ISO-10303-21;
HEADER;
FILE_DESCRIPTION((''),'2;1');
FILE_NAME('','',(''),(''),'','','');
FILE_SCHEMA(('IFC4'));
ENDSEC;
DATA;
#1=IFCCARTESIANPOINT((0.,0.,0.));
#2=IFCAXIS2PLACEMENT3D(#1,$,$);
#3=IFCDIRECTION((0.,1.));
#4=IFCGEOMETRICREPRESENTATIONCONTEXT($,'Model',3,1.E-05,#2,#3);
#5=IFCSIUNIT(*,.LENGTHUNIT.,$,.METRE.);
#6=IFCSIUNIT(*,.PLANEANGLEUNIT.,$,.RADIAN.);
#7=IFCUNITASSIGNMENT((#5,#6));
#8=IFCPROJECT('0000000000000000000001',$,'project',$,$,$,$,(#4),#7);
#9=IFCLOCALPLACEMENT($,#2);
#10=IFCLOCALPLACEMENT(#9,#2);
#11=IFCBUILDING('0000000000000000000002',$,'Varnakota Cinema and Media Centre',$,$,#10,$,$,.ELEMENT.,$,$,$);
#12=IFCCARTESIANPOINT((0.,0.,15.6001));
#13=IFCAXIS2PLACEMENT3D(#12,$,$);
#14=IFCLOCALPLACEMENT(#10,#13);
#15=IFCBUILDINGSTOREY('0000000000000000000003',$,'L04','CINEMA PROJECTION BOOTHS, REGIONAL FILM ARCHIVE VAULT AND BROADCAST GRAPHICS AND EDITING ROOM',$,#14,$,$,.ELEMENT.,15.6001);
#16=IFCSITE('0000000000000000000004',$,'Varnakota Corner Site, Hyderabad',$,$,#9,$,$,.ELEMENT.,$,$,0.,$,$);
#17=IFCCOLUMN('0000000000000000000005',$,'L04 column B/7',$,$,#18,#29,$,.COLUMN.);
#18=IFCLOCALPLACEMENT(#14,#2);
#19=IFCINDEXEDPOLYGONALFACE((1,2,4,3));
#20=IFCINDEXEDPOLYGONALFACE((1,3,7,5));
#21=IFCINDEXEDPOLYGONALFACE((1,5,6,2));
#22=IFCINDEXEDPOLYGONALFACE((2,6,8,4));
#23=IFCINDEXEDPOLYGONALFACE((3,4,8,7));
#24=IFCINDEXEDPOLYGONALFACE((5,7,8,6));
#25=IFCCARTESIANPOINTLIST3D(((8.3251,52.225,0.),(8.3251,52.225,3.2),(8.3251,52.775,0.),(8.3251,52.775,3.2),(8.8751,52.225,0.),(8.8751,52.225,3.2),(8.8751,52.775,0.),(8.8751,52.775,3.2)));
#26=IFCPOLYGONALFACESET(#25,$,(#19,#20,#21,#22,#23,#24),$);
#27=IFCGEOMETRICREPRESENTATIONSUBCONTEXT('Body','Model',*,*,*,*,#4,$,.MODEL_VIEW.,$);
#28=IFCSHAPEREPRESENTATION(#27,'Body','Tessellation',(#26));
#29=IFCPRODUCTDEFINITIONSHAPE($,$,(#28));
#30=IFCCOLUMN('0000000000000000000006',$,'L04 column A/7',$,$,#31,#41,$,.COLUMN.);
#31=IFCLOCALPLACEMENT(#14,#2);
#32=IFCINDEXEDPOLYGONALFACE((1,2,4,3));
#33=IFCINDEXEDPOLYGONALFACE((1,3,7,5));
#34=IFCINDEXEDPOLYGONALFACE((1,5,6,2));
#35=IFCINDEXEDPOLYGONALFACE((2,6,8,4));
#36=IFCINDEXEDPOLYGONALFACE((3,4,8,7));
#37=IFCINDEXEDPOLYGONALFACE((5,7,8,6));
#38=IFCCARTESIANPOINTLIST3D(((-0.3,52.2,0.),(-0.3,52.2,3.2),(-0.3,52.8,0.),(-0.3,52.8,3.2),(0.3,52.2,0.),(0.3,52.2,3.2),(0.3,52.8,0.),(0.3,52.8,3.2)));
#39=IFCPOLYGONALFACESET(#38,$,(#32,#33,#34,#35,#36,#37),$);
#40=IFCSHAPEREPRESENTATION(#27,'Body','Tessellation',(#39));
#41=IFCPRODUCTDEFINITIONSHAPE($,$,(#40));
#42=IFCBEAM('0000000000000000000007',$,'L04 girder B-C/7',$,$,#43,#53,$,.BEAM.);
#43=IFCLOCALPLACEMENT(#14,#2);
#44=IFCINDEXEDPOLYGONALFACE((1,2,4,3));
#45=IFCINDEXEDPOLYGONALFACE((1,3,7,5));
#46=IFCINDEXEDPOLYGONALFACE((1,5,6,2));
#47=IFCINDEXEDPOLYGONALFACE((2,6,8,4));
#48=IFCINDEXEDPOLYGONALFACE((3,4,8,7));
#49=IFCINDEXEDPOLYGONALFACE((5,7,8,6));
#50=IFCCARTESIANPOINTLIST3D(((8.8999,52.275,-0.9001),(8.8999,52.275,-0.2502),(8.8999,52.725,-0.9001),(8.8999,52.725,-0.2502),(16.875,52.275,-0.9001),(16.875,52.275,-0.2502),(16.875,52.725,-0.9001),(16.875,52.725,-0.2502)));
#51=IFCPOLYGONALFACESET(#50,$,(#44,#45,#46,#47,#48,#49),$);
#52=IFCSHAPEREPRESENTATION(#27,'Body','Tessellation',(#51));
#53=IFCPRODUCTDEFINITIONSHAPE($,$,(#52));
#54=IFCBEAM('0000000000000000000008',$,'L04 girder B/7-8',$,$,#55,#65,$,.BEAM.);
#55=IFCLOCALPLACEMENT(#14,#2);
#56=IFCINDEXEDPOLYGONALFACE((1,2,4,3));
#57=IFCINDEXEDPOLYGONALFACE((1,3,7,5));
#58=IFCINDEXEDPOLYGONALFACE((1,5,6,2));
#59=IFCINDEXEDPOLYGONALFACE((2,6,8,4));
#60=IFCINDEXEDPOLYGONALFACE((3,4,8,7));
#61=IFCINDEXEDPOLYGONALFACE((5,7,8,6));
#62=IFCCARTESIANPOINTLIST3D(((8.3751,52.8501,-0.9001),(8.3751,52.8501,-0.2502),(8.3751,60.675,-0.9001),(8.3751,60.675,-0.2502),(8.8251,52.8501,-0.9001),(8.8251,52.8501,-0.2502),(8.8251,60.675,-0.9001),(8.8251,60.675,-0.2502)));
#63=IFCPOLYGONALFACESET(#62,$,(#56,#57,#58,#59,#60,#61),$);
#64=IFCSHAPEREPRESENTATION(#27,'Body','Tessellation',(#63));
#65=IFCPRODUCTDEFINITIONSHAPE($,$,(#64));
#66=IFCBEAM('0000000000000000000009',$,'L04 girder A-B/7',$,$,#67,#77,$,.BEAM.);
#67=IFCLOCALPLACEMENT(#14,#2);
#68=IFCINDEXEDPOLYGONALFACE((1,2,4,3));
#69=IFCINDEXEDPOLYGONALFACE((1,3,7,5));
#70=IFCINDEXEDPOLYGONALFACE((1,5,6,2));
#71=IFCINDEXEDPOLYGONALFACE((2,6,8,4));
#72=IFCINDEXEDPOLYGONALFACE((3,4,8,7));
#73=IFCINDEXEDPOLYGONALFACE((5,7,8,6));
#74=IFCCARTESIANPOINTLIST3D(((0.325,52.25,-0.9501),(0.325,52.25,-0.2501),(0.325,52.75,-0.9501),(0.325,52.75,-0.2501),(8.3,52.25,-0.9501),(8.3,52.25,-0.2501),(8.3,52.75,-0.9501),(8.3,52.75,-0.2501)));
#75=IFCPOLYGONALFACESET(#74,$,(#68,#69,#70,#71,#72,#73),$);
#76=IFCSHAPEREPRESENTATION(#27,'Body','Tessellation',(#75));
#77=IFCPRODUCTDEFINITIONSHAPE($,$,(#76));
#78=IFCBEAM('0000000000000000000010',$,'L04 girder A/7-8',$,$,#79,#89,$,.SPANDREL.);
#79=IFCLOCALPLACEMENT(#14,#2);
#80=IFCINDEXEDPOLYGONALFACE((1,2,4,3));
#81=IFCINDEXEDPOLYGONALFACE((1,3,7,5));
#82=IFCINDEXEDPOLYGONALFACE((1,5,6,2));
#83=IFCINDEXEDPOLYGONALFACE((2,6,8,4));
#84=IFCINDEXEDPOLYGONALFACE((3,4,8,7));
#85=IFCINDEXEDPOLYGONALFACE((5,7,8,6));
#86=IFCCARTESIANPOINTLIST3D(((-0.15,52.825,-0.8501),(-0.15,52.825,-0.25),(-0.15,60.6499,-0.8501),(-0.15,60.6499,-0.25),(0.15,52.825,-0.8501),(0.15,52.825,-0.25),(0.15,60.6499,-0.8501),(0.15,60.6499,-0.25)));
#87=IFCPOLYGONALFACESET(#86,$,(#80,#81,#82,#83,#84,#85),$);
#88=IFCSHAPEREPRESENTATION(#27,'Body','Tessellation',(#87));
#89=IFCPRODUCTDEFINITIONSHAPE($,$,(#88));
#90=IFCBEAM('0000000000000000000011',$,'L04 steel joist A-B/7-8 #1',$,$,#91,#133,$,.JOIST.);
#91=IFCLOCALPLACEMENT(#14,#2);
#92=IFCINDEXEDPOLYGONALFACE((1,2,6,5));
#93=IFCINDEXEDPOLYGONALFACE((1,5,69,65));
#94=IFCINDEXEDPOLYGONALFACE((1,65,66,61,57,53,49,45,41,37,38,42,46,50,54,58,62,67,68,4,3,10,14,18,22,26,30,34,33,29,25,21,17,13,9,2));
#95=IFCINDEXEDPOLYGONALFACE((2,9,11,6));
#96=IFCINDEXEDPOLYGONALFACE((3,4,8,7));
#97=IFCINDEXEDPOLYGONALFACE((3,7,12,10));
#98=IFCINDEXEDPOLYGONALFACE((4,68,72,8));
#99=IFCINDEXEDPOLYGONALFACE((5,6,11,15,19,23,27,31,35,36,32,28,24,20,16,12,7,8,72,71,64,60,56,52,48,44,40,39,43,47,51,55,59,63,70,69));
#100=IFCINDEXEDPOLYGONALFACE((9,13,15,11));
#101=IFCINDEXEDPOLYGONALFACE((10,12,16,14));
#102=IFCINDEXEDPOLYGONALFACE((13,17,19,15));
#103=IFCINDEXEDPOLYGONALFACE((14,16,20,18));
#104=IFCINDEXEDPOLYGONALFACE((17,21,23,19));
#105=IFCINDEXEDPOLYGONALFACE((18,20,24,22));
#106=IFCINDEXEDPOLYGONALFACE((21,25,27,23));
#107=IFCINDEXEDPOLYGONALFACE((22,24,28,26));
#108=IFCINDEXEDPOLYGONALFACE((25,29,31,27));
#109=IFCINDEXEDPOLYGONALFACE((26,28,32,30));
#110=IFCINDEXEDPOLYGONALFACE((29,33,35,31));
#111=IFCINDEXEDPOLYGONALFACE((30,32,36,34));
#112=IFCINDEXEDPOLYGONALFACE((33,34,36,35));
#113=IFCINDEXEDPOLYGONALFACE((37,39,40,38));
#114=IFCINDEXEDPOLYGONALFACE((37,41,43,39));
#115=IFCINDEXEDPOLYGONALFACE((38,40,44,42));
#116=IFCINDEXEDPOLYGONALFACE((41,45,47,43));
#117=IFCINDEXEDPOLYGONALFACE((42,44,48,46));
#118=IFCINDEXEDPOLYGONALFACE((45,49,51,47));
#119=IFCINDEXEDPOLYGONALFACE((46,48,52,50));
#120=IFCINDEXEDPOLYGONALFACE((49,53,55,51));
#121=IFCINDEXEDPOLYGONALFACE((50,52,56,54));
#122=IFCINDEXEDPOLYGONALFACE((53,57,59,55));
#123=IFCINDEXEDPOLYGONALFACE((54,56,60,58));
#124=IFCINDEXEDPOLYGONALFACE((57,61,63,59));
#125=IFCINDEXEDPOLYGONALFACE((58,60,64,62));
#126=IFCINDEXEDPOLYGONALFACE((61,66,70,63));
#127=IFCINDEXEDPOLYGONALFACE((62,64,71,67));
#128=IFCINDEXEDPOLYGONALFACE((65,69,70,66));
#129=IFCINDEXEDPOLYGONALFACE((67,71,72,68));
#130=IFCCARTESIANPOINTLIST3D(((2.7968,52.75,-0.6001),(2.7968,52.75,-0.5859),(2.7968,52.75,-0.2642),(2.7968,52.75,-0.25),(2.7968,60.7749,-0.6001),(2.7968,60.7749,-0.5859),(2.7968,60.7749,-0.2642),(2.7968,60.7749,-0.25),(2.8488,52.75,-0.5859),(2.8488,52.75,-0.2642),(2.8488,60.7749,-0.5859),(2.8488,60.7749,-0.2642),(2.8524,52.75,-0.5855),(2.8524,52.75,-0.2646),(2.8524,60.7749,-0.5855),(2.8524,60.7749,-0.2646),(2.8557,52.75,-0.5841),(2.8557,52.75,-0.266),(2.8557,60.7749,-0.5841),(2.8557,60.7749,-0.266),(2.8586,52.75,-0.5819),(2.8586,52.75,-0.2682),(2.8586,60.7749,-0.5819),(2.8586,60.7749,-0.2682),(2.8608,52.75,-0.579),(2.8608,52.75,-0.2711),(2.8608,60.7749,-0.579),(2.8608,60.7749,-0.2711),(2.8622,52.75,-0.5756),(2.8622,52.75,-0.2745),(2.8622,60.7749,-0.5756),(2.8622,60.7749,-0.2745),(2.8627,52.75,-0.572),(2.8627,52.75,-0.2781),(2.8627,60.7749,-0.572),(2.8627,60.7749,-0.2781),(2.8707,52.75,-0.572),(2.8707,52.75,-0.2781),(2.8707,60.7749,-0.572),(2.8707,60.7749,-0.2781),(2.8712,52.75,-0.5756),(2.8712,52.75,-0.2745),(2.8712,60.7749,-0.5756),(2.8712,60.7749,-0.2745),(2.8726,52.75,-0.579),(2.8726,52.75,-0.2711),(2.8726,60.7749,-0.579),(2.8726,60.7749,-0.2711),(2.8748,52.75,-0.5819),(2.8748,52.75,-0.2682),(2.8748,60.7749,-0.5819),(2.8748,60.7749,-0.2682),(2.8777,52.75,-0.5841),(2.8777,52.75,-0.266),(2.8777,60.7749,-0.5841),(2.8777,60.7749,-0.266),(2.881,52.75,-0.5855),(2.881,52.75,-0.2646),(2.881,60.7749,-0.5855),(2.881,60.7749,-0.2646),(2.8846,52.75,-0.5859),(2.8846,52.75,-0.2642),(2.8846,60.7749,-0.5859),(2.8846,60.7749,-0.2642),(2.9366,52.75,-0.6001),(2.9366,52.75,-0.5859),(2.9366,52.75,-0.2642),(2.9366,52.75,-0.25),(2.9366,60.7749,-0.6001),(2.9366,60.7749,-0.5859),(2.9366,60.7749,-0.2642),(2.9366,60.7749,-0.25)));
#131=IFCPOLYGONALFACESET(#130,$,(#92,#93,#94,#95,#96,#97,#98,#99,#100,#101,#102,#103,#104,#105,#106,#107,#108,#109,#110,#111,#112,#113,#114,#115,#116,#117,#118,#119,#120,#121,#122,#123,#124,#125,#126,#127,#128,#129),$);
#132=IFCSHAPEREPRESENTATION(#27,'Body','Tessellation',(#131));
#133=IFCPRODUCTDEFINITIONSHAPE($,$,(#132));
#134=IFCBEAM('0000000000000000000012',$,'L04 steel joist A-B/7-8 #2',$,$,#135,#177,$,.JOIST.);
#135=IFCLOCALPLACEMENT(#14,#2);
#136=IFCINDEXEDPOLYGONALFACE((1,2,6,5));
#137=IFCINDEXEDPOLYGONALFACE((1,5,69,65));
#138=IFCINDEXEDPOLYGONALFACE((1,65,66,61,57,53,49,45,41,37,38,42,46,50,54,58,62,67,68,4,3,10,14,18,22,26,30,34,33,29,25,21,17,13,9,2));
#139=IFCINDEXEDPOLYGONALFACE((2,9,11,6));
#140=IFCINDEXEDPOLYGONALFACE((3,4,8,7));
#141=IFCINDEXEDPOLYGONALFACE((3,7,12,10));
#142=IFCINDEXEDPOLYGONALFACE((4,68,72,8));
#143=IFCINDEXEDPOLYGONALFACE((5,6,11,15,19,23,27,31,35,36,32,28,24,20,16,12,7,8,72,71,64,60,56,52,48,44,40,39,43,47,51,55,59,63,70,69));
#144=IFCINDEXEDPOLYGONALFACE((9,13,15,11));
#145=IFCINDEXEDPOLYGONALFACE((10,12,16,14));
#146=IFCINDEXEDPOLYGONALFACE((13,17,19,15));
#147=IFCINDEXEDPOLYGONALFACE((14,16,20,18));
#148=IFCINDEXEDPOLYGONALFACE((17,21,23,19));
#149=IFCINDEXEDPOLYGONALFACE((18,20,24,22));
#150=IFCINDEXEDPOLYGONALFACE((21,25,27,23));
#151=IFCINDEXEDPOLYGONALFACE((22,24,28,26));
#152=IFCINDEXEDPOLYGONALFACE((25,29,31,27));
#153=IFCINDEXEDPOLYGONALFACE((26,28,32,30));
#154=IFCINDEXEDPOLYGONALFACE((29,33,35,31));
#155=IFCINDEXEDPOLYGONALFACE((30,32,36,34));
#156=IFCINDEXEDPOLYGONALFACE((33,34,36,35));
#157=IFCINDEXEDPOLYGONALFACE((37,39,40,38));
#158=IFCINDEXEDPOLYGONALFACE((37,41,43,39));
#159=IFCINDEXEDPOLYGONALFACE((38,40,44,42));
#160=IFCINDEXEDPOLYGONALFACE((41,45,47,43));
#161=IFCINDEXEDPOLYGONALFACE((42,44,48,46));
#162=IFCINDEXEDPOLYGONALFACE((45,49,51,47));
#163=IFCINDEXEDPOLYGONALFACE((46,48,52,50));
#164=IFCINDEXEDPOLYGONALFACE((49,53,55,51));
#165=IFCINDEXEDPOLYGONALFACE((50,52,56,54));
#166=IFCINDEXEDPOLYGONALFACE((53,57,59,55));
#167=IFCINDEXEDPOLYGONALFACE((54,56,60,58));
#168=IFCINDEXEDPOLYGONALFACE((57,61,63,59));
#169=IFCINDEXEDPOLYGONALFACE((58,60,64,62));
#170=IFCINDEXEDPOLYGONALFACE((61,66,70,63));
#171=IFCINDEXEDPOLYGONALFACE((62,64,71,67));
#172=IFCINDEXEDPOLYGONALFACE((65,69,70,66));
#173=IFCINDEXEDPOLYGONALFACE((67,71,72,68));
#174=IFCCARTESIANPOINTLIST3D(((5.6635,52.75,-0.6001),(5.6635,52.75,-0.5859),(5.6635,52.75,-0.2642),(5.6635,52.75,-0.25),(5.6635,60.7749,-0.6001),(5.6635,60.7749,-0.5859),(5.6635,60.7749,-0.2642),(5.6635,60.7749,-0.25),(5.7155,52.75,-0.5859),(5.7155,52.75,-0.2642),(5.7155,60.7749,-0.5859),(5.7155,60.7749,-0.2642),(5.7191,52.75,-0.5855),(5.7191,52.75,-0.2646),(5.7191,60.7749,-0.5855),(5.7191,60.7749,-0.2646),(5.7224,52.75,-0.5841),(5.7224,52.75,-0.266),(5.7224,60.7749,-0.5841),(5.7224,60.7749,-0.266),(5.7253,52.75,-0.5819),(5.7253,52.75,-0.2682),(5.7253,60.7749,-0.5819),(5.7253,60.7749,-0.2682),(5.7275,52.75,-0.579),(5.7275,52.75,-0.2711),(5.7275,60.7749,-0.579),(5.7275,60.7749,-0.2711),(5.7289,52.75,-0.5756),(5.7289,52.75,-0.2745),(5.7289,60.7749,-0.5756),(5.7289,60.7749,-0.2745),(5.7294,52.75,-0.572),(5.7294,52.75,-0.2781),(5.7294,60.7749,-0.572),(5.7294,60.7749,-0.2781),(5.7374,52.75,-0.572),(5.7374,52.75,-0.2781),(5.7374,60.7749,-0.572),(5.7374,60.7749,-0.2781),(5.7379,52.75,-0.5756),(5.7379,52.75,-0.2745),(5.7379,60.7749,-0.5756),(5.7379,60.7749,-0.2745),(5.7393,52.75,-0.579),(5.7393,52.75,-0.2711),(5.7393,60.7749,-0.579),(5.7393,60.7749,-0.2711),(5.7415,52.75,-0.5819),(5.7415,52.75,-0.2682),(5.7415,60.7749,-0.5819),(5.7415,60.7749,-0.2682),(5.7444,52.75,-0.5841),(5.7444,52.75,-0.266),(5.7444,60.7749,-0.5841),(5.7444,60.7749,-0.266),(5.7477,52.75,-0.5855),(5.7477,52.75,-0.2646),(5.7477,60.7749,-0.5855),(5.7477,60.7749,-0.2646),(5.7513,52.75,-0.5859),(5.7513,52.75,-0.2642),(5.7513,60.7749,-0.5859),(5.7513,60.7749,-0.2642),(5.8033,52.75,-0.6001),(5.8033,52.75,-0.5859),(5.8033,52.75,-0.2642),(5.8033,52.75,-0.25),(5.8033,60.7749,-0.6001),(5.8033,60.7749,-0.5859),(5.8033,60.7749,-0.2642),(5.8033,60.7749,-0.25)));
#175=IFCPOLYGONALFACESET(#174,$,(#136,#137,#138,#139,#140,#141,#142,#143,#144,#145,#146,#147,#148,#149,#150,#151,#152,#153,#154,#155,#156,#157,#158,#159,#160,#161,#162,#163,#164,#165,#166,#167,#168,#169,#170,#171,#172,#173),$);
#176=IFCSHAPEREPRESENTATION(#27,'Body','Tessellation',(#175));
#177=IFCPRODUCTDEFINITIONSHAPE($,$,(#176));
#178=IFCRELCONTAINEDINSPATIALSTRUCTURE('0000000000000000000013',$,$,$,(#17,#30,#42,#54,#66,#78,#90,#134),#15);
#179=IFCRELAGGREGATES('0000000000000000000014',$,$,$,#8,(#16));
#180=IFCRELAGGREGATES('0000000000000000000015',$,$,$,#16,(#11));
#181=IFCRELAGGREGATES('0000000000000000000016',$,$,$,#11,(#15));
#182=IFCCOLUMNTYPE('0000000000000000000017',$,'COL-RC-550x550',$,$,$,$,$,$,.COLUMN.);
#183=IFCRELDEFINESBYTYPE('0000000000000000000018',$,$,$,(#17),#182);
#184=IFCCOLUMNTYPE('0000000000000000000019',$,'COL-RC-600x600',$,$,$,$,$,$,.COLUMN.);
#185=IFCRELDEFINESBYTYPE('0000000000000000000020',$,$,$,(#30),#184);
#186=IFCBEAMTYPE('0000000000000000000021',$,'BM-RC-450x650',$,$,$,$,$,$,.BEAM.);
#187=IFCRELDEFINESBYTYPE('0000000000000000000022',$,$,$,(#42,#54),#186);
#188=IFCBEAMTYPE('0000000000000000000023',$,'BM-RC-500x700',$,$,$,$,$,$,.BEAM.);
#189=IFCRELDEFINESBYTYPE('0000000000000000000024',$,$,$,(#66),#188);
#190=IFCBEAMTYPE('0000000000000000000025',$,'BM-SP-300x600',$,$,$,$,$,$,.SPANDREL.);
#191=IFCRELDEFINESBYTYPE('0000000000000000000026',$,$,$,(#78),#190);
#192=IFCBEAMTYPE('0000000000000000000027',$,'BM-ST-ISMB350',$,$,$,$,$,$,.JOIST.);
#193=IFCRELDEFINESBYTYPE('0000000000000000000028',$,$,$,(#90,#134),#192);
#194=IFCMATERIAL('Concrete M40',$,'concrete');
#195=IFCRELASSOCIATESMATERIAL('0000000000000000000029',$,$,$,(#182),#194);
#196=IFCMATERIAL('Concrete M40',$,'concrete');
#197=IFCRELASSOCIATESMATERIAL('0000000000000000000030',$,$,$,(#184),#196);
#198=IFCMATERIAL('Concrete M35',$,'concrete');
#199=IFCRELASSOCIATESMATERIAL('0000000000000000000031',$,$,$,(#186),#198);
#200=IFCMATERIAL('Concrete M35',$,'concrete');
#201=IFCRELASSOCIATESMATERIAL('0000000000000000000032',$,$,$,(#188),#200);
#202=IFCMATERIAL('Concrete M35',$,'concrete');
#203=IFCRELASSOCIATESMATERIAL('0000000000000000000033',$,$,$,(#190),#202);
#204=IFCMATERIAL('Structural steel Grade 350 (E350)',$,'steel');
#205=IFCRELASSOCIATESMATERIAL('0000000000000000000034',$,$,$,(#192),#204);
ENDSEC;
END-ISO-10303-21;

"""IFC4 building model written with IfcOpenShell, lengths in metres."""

from ifc_helpers import new_model, si_unit, direction, frame, origin, origin_2d, place, context, subcontext, project, spatial, rectangle, i_section, extrude, material, material_profile, profile_set, type_object, element, save


model = new_model("IFC4")

# Units and contexts
model_context = context("Model", 3, precision=1e-05, world=origin(), true_north=direction((0.0, 1.0)))
body_context = subcontext(model_context, "Body", "Model", "MODEL_VIEW")
ifc_project = project(units=[si_unit("LENGTHUNIT", "METRE"), si_unit("PLANEANGLEUNIT", "RADIAN")], contexts=[model_context])

# Site, building, storey
site_placement = place(None, origin())
site = spatial("IfcSite", under=ifc_project, at=site_placement, Name="Varnakota Corner Site, Hyderabad", CompositionType="ELEMENT", RefElevation=0.0)
building_placement = place(site_placement, origin())
building = spatial("IfcBuilding", under=site, at=building_placement, Name="Varnakota Cinema and Media Centre", CompositionType="ELEMENT")
storey_placement = place(building_placement, frame((0.0, 0.0, 15.6001)))
storey = spatial("IfcBuildingStorey", under=building, at=storey_placement, Name="L04", Description="CINEMA PROJECTION BOOTHS, REGIONAL FILM ARCHIVE VAULT AND BROADCAST GRAPHICS AND EDITING ROOM", CompositionType="ELEMENT", Elevation=15.6001)

# Columns
ifc_material_1 = material(Name="Concrete M40", Category="concrete")
ifc_material_profile_1 = material_profile(ifc_material_1, rectangle(XDim=0.55, YDim=0.55, at=origin_2d()), Name="RC 550x550")
ifc_profile_set_1 = profile_set([ifc_material_profile_1], Name="Concrete M40")
column_type_1 = type_object("IfcColumnType", Name="COL-RC-550x550", PredefinedType="COLUMN", material=ifc_profile_set_1)
column_1_placement = place(storey_placement, frame((8.6001, 52.5, 0.0), z_axis=(0.0, 0.0, 1.0), x_axis=(1.0, 0.0, 0.0)))
element("IfcColumn", 1, at=column_1_placement, inside=storey, type_object=column_type_1, Name="L04 column B/7", PredefinedType="COLUMN", context=body_context, shape_type="SweptSolid", body=[
    extrude(rectangle(XDim=0.55, YDim=0.55, at=origin_2d()), origin(), (0.0, 0.0, 1.0), 3.2),
])
ifc_material_2 = material(Name="Concrete M40", Category="concrete")
ifc_material_profile_2 = material_profile(ifc_material_2, rectangle(XDim=0.6001, YDim=0.6001, at=origin_2d()), Name="RC 600x600")
ifc_profile_set_2 = profile_set([ifc_material_profile_2], Name="Concrete M40")
column_type_2 = type_object("IfcColumnType", Name="COL-RC-600x600", PredefinedType="COLUMN", material=ifc_profile_set_2)
column_2_placement = place(storey_placement, frame((0.0, 52.5, 0.0), z_axis=(0.0, 0.0, 1.0), x_axis=(1.0, 0.0, 0.0)))
element("IfcColumn", 2, at=column_2_placement, inside=storey, type_object=column_type_2, Name="L04 column A/7", PredefinedType="COLUMN", context=body_context, shape_type="SweptSolid", body=[
    extrude(rectangle(XDim=0.6001, YDim=0.6001, at=origin_2d()), origin(), (0.0, 0.0, 1.0), 3.2),
])

# Beams
ifc_material_3 = material(Name="Concrete M35", Category="concrete")
ifc_material_profile_3 = material_profile(ifc_material_3, rectangle(XDim=0.45, YDim=0.6499, at=origin_2d()), Name="RCB 450x650")
ifc_profile_set_3 = profile_set([ifc_material_profile_3], Name="Concrete M35")
beam_type_1 = type_object("IfcBeamType", Name="BM-RC-450x650", PredefinedType="BEAM", material=ifc_profile_set_3)
beam_1_placement = place(storey_placement, frame((8.8999, 52.5, -0.5752), z_axis=(1.0, 0.0, 0.0), x_axis=(0.0, 1.0, 0.0)))
element("IfcBeam", 3, at=beam_1_placement, inside=storey, type_object=beam_type_1, Name="L04 girder B-C/7", PredefinedType="BEAM", context=body_context, shape_type="SweptSolid", body=[
    extrude(rectangle(XDim=0.45, YDim=0.6499, at=origin_2d()), origin(), (0.0, 0.0, 1.0), 7.9751),
])
beam_2_placement = place(storey_placement, frame((8.6001, 52.8501, -0.5752), z_axis=(0.0, 1.0, 0.0), x_axis=(-1.0, 0.0, 0.0)))
element("IfcBeam", 4, at=beam_2_placement, inside=storey, type_object=beam_type_1, Name="L04 girder B/7-8", PredefinedType="BEAM", context=body_context, shape_type="SweptSolid", body=[
    extrude(rectangle(XDim=0.45, YDim=0.6499, at=origin_2d()), origin(), (0.0, 0.0, 1.0), 7.825),
])
ifc_material_4 = material(Name="Concrete M35", Category="concrete")
ifc_material_profile_4 = material_profile(ifc_material_4, rectangle(XDim=0.5, YDim=0.7, at=origin_2d()), Name="RCB 500x700")
ifc_profile_set_4 = profile_set([ifc_material_profile_4], Name="Concrete M35")
beam_type_2 = type_object("IfcBeamType", Name="BM-RC-500x700", PredefinedType="BEAM", material=ifc_profile_set_4)
beam_3_placement = place(storey_placement, frame((0.325, 52.5, -0.6001), z_axis=(1.0, 0.0, 0.0), x_axis=(0.0, 1.0, 0.0)))
element("IfcBeam", 5, at=beam_3_placement, inside=storey, type_object=beam_type_2, Name="L04 girder A-B/7", PredefinedType="BEAM", context=body_context, shape_type="SweptSolid", body=[
    extrude(rectangle(XDim=0.5, YDim=0.7, at=origin_2d()), origin(), (0.0, 0.0, 1.0), 7.9751),
])
ifc_material_5 = material(Name="Concrete M35", Category="concrete")
ifc_material_profile_5 = material_profile(ifc_material_5, rectangle(XDim=0.3, YDim=0.6001, at=origin_2d()), Name="RCB 300x600")
ifc_profile_set_5 = profile_set([ifc_material_profile_5], Name="Concrete M35")
beam_type_3 = type_object("IfcBeamType", Name="BM-SP-300x600", PredefinedType="SPANDREL", material=ifc_profile_set_5)
beam_4_placement = place(storey_placement, frame((0.0, 52.825, -0.55), z_axis=(0.0, 1.0, 0.0), x_axis=(-1.0, 0.0, 0.0)))
element("IfcBeam", 6, at=beam_4_placement, inside=storey, type_object=beam_type_3, Name="L04 girder A/7-8", PredefinedType="SPANDREL", context=body_context, shape_type="SweptSolid", body=[
    extrude(rectangle(XDim=0.3, YDim=0.6001, at=origin_2d()), origin(), (0.0, 0.0, 1.0), 7.825),
])
ifc_material_6 = material(Name="Structural steel Grade 350 (E350)", Category="steel")
ifc_material_profile_6 = material_profile(ifc_material_6, i_section(OverallWidth=0.1399, OverallDepth=0.3501, WebThickness=0.0081, FlangeThickness=0.0142, FilletRadius=0.0139, at=origin_2d()), Name="ISMB 350")
ifc_profile_set_6 = profile_set([ifc_material_profile_6], Name="Structural steel Grade 350 (E350)")
beam_type_4 = type_object("IfcBeamType", Name="BM-ST-ISMB350", PredefinedType="JOIST", material=ifc_profile_set_6)
for number, where, z_axis, x_axis, name in (
    (7, (2.8667, 52.75, -0.425), (0.0, 1.0, 0.0), (-1.0, 0.0, 0.0), "L04 steel joist A-B/7-8 #1"),
    (8, (5.7334, 52.75, -0.425), (0.0, 1.0, 0.0), (-1.0, 0.0, 0.0), "L04 steel joist A-B/7-8 #2"),
):
    element("IfcBeam", number, at=place(storey_placement, frame(where, z_axis=z_axis, x_axis=x_axis)), inside=storey, type_object=beam_type_4, Name=name, PredefinedType="JOIST", context=body_context, shape_type="SweptSolid", body=[
        extrude(i_section(OverallWidth=0.1399, OverallDepth=0.3501, WebThickness=0.0081, FlangeThickness=0.0142, FilletRadius=0.0139, at=origin_2d()), origin(), (0.0, 0.0, 1.0), 8.0249),
    ])

save(model, "model.ifc")
